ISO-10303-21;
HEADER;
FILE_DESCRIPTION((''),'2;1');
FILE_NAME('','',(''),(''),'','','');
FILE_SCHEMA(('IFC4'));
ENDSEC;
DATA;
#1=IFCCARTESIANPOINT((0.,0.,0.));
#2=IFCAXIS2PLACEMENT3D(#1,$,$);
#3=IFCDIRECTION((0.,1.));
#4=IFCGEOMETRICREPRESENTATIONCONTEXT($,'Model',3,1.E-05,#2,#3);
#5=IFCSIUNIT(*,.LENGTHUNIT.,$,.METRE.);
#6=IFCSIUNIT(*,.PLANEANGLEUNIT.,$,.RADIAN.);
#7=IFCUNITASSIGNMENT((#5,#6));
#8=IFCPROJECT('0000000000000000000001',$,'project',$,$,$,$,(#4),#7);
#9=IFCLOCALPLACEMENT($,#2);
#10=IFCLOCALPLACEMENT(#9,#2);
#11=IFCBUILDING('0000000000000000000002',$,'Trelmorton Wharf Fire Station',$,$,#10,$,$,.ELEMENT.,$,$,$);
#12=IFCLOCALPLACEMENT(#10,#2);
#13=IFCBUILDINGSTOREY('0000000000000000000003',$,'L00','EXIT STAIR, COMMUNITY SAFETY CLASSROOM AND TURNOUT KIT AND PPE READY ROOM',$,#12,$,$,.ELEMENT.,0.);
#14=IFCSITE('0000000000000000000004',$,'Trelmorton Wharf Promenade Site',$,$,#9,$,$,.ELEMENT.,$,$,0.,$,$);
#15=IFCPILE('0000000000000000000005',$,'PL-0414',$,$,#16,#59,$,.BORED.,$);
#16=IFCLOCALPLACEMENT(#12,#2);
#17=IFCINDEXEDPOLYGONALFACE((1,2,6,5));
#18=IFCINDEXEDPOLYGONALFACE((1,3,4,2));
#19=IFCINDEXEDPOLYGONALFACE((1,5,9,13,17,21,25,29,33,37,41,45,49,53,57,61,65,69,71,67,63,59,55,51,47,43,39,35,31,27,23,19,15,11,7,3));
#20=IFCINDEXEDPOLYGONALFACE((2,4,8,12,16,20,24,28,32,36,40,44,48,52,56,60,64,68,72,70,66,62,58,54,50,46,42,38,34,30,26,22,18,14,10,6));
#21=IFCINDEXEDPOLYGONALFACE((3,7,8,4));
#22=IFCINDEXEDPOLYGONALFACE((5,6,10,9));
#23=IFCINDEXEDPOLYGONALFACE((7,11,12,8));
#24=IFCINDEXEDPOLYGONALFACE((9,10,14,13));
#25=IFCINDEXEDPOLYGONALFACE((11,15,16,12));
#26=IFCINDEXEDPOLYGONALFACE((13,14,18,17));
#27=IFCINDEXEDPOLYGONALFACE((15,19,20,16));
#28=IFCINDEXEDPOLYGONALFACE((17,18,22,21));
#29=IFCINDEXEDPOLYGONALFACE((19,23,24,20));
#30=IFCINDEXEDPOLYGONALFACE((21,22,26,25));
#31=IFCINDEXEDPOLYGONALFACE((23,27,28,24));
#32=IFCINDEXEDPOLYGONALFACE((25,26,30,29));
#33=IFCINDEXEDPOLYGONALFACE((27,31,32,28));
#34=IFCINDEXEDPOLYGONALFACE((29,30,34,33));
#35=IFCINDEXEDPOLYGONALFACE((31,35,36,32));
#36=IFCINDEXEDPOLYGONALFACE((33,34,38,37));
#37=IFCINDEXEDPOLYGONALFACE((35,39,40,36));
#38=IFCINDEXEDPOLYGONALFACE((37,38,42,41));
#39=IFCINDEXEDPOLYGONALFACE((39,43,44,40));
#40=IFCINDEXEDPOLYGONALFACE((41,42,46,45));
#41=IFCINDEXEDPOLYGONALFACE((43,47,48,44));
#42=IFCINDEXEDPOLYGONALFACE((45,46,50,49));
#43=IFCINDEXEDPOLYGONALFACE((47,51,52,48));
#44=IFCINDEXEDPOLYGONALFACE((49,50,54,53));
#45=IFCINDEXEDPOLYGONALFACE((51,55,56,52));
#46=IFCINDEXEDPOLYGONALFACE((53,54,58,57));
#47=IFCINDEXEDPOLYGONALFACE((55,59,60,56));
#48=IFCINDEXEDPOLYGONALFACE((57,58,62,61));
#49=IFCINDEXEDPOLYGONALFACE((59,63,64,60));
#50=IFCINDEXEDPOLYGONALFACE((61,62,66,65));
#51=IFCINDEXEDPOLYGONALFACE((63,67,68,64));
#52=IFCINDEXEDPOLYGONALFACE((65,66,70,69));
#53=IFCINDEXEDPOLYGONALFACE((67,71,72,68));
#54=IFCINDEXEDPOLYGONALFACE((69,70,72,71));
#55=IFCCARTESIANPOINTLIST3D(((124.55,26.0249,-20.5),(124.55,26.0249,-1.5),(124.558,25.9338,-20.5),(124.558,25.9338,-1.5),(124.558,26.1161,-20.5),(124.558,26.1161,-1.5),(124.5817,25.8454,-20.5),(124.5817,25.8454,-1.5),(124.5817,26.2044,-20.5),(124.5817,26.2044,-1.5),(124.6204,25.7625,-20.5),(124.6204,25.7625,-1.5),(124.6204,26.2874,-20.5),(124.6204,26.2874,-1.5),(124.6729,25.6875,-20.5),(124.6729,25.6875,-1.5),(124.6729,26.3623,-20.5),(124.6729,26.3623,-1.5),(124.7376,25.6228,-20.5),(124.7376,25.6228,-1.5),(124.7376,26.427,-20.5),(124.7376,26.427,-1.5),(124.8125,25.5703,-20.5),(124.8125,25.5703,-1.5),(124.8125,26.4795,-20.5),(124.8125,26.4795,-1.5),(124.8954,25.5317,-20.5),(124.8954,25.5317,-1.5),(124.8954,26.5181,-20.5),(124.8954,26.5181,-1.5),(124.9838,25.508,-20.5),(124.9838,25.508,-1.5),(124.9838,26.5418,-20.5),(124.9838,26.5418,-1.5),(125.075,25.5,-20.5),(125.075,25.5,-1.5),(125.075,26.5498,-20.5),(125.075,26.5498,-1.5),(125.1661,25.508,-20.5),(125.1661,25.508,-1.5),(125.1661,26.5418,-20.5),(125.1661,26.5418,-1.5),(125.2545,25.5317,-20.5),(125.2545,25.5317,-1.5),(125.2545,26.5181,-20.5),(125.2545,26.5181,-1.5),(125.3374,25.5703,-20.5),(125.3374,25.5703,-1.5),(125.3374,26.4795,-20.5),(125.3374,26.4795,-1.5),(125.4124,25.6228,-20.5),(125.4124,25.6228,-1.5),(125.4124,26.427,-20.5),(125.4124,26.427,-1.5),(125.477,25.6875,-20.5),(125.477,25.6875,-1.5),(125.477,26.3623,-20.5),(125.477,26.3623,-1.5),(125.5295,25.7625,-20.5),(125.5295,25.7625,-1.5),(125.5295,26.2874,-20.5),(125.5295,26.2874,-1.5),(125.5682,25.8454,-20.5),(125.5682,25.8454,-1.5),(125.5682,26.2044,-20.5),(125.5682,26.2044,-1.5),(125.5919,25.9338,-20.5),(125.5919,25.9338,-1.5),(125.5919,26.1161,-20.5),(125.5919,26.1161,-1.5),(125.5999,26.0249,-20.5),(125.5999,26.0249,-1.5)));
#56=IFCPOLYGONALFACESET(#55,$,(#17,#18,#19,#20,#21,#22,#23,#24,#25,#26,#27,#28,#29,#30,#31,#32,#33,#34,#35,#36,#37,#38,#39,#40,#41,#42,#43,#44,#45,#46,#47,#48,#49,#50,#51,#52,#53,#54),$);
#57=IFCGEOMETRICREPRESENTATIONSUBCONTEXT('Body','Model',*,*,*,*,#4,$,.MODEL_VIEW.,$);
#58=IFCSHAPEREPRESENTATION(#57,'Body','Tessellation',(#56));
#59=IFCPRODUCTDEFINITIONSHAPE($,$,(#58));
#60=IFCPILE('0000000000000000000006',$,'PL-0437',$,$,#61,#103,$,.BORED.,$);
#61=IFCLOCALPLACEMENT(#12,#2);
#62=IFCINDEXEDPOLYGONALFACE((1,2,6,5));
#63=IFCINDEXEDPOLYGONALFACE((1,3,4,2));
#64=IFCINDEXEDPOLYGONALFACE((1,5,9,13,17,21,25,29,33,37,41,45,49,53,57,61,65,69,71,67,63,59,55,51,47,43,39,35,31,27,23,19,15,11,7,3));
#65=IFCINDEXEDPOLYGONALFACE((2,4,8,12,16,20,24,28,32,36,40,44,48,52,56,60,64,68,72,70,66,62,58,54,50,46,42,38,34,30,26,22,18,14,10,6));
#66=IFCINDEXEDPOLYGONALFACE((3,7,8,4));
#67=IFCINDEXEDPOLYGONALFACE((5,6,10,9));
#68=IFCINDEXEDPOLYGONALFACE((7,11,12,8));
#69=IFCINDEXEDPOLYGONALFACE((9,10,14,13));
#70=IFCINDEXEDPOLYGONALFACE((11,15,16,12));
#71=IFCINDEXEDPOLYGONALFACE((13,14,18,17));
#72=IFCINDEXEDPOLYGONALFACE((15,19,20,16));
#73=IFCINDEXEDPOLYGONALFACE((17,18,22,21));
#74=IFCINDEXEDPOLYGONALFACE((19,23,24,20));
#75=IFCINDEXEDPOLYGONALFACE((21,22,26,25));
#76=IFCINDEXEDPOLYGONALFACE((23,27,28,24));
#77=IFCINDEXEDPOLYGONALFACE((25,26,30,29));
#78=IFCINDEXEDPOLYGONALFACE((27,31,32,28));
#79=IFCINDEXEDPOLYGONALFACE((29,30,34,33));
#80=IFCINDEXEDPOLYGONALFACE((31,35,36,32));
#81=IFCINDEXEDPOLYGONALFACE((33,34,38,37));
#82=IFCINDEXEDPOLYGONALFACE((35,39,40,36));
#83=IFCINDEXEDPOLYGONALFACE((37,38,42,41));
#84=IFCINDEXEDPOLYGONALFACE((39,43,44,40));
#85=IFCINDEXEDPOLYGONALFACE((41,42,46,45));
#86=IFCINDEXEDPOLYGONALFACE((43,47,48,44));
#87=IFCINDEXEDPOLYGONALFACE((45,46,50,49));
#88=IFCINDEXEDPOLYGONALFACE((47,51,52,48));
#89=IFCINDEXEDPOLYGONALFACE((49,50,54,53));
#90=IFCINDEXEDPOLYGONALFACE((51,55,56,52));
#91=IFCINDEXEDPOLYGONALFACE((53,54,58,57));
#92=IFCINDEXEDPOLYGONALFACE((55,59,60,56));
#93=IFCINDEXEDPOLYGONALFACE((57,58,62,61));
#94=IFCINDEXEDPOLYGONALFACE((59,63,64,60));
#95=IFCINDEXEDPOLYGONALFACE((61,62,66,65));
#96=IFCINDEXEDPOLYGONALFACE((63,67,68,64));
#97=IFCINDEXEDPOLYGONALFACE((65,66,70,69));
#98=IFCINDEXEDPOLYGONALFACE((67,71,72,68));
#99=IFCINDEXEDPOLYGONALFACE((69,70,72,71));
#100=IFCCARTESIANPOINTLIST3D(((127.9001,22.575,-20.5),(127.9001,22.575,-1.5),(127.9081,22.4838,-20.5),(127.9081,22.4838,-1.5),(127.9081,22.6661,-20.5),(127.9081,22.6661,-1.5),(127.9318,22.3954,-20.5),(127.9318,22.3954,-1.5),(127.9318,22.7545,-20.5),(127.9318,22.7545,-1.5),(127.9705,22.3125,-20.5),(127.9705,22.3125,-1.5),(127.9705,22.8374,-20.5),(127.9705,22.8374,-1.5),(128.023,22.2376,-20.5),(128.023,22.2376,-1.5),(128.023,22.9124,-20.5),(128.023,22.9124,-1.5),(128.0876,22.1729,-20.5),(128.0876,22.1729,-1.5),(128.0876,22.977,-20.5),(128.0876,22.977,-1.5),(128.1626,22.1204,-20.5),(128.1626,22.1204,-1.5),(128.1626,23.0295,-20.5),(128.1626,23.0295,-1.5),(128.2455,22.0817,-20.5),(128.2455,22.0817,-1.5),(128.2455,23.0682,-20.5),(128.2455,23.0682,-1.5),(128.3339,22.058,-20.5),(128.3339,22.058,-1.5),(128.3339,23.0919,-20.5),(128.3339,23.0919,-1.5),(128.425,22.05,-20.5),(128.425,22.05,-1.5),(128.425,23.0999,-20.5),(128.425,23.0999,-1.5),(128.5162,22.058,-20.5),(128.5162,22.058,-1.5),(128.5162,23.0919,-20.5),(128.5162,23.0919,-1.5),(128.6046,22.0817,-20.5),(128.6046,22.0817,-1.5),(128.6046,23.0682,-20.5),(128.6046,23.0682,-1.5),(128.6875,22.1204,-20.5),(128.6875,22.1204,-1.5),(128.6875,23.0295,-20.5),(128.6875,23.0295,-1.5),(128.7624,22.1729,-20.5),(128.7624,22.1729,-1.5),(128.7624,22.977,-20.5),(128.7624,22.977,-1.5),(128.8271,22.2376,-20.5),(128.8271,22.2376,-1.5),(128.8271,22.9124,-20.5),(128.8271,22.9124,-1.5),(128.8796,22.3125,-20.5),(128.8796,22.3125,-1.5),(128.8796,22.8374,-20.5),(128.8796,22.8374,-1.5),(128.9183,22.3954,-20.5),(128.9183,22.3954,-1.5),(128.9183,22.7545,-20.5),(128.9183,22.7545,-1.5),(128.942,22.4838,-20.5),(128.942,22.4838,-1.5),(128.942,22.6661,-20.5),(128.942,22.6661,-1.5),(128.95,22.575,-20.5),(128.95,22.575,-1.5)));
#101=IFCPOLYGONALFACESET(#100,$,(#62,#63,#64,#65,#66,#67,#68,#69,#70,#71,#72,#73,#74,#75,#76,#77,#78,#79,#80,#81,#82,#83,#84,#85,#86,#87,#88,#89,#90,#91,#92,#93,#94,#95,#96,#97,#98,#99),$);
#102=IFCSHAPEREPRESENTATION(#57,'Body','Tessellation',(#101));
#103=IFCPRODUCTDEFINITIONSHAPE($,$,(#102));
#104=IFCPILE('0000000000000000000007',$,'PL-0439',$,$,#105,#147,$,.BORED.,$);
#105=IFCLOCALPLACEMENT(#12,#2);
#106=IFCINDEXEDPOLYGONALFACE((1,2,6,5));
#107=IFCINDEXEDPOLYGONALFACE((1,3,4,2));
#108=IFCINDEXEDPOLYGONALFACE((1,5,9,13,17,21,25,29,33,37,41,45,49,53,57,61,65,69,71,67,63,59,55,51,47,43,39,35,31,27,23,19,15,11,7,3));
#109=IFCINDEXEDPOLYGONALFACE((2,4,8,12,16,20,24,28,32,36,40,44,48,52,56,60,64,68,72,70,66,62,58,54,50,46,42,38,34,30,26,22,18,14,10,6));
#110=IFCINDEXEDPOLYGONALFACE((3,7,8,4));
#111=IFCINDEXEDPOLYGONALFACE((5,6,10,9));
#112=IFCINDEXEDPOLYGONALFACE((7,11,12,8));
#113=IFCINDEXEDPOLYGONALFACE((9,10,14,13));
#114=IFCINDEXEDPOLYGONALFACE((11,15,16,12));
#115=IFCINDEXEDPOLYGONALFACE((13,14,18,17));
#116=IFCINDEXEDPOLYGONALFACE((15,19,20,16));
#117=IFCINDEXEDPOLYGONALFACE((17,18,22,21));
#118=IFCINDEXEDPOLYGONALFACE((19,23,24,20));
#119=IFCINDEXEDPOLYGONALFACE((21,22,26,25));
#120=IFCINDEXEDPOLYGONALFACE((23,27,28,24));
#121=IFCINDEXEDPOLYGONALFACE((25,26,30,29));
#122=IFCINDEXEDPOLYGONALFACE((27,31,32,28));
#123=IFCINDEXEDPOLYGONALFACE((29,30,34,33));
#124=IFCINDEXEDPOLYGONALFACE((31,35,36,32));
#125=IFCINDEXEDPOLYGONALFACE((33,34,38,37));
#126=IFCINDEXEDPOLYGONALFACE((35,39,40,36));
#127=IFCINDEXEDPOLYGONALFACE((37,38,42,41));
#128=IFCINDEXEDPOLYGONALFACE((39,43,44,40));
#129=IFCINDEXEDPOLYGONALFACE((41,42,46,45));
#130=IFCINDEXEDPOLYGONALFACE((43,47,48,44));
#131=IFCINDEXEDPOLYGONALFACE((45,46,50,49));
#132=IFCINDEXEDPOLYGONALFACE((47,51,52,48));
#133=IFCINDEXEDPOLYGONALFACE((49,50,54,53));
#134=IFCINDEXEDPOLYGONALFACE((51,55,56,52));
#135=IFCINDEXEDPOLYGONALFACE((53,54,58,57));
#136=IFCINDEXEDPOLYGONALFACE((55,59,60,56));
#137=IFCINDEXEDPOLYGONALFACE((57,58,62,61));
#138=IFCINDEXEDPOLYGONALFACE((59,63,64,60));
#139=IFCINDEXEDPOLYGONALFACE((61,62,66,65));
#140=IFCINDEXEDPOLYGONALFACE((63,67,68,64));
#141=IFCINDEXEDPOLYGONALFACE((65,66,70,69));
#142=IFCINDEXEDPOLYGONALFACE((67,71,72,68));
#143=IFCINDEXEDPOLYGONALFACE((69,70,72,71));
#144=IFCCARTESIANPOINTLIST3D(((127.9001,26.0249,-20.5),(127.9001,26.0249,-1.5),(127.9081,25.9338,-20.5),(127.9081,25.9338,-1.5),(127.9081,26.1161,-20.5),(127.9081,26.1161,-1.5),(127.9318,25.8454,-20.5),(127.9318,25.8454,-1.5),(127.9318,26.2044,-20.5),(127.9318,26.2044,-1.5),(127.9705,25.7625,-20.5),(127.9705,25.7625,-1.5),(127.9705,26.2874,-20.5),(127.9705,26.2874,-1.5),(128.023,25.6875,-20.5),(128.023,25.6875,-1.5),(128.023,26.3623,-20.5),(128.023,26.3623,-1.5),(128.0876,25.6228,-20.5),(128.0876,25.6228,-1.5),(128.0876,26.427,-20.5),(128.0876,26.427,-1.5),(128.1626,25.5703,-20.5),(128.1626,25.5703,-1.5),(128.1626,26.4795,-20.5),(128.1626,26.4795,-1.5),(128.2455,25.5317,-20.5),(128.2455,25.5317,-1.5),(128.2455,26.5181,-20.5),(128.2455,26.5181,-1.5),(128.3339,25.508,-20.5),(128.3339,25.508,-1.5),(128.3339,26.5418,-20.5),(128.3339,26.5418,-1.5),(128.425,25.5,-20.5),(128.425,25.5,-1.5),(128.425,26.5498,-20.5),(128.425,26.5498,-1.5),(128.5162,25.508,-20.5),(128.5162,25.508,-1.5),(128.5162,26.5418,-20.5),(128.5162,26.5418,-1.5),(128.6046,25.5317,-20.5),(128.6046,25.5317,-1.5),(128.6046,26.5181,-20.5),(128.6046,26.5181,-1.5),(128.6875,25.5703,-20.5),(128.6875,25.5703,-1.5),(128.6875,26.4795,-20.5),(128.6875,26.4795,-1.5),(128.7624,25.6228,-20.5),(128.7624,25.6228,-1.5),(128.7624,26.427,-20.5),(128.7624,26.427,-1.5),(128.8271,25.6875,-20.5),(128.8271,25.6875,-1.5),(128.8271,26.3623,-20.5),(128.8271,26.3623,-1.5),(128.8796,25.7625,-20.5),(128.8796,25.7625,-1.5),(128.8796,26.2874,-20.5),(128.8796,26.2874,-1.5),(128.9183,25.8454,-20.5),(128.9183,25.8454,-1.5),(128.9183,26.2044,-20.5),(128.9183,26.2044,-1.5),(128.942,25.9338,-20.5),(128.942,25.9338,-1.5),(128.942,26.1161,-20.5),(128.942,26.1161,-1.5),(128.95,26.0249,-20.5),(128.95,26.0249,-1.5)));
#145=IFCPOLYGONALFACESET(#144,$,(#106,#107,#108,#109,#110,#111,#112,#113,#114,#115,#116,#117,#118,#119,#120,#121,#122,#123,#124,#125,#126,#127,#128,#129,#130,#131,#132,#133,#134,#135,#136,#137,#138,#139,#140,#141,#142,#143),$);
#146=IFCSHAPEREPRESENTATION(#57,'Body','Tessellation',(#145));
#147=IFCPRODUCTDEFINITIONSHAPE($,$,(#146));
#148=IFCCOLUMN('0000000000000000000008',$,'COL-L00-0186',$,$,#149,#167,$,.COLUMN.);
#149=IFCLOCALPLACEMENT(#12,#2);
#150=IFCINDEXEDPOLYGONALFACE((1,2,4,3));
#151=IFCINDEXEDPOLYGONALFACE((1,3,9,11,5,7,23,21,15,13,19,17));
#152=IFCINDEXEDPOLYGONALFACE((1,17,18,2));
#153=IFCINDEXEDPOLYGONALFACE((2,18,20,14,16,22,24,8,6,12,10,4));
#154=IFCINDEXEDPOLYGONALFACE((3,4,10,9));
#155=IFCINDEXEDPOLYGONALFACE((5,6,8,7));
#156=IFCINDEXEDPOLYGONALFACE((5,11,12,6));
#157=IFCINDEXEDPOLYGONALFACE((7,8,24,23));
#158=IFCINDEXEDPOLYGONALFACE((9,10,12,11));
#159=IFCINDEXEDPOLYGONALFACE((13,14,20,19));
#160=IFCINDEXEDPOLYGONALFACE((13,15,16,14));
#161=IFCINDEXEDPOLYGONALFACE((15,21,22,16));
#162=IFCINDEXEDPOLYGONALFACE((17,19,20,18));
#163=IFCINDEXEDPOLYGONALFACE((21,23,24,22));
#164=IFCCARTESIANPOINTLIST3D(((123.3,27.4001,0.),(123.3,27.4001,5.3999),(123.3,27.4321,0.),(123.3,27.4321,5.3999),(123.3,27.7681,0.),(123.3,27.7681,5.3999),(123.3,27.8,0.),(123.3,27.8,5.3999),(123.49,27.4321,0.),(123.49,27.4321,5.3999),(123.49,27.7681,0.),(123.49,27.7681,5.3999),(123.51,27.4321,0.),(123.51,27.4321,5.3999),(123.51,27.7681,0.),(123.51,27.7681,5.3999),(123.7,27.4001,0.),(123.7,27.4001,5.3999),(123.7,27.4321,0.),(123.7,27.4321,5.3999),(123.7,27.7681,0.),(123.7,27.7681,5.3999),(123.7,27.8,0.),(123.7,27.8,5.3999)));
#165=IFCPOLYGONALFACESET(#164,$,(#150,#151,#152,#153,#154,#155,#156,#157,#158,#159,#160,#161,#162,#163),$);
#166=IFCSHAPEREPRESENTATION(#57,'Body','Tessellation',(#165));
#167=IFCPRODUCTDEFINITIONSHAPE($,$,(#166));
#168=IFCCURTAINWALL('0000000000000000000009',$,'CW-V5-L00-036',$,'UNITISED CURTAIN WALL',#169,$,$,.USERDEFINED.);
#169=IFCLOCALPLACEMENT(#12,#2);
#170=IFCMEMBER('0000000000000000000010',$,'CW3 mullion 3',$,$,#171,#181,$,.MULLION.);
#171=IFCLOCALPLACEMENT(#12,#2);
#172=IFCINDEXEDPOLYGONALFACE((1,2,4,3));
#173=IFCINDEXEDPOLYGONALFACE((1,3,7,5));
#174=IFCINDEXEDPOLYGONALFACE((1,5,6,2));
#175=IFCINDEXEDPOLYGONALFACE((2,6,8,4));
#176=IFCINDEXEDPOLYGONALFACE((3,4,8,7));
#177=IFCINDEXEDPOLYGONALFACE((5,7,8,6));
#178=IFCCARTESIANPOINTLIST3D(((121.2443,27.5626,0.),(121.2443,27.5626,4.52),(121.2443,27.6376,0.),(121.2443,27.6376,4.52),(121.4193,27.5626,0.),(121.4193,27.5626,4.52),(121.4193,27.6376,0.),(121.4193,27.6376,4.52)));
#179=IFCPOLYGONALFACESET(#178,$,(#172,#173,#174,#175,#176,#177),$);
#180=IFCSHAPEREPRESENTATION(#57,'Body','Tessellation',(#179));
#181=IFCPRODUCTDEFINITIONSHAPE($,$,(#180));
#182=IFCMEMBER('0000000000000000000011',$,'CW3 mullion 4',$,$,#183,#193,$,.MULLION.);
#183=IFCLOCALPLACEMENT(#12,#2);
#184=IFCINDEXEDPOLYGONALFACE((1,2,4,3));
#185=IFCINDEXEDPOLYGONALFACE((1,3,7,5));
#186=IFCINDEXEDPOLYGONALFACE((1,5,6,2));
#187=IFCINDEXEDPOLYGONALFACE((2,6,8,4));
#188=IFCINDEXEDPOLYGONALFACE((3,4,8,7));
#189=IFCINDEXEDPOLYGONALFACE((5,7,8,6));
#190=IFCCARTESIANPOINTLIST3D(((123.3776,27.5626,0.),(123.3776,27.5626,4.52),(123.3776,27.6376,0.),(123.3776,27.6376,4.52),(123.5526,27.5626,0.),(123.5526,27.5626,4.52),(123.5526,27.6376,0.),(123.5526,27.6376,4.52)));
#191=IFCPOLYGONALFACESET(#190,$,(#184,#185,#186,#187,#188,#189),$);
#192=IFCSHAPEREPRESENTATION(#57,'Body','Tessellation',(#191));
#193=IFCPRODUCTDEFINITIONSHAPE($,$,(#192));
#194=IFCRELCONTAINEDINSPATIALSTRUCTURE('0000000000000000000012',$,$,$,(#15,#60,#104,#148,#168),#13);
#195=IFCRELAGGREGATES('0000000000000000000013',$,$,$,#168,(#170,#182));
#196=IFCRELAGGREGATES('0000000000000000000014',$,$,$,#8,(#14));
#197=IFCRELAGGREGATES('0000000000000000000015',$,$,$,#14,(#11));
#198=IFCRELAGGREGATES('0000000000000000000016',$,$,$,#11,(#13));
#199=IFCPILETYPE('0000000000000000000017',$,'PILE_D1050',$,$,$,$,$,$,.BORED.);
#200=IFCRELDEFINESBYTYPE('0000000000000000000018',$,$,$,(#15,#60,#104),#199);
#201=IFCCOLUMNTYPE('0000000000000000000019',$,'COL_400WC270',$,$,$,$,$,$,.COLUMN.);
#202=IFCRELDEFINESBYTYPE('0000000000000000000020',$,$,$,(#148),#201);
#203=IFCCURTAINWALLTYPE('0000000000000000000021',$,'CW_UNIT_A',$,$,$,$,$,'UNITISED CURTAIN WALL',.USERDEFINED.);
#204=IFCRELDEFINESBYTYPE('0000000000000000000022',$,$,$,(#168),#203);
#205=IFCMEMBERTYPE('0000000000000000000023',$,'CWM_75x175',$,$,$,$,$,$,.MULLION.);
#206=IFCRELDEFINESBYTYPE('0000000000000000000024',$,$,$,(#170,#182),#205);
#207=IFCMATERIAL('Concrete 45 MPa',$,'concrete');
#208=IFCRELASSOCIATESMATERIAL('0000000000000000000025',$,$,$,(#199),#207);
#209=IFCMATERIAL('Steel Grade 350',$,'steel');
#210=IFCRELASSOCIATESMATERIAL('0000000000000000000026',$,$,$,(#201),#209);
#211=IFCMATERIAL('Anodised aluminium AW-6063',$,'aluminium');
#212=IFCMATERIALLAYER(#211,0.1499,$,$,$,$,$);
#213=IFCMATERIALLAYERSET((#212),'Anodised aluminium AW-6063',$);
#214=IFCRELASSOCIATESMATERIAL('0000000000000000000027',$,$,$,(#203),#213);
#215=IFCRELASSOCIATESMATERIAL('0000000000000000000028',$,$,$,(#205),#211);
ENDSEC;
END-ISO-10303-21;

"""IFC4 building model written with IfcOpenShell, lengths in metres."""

from ifc_helpers import new_model, si_unit, direction, frame, origin, origin_2d, place, context, subcontext, project, spatial, rectangle, circle, i_section, extrude, material, layer, layer_set, material_profile, profile_set, type_object, element, aggregate, save


model = new_model("IFC4")

# Units and contexts
model_context = context("Model", 3, precision=1e-05, world=origin(), true_north=direction((0.0, 1.0)))
body_context = subcontext(model_context, "Body", "Model", "MODEL_VIEW")
ifc_project = project(units=[si_unit("LENGTHUNIT", "METRE"), si_unit("PLANEANGLEUNIT", "RADIAN")], contexts=[model_context])

# Site, building, storey
site_placement = place(None, origin())
site = spatial("IfcSite", under=ifc_project, at=site_placement, Name="Trelmorton Wharf Promenade Site", CompositionType="ELEMENT", RefElevation=0.0)
building_placement = place(site_placement, origin())
building = spatial("IfcBuilding", under=site, at=building_placement, Name="Trelmorton Wharf Fire Station", CompositionType="ELEMENT")
storey_placement = place(building_placement, origin())
storey = spatial("IfcBuildingStorey", under=building, at=storey_placement, Name="L00", Description="EXIT STAIR, COMMUNITY SAFETY CLASSROOM AND TURNOUT KIT AND PPE READY ROOM", CompositionType="ELEMENT", Elevation=0.0)

# Piles
ifc_material_1 = material(Name="Concrete 45 MPa", Category="concrete")
ifc_material_profile_1 = material_profile(ifc_material_1, circle(Radius=0.5249, at=origin_2d()), Name="PILE-D1050")
ifc_profile_set_1 = profile_set([ifc_material_profile_1], Name="Concrete 45 MPa")
pile_type = type_object("IfcPileType", Name="PILE_D1050", PredefinedType="BORED", material=ifc_profile_set_1)
for number, where, z_axis, x_axis, name in (
    (1, (125.075, 26.0249, -1.5), (0.0, 0.0, -1.0), (1.0, 0.0, 0.0), "PL-0414"),
    (2, (128.425, 22.575, -1.5), (0.0, 0.0, -1.0), (1.0, 0.0, 0.0), "PL-0437"),
    (3, (128.425, 26.0249, -1.5), (0.0, 0.0, -1.0), (1.0, 0.0, 0.0), "PL-0439"),
):
    element("IfcPile", number, at=place(storey_placement, frame(where, z_axis=z_axis, x_axis=x_axis)), inside=storey, type_object=pile_type, Name=name, PredefinedType="BORED", context=body_context, shape_type="SweptSolid", body=[
        extrude(circle(Radius=0.5249, at=origin_2d()), origin(), (0.0, 0.0, 1.0), 19.0),
    ])

# Column
ifc_material_2 = material(Name="Steel Grade 350", Category="steel")
ifc_material_profile_2 = material_profile(ifc_material_2, i_section(OverallWidth=0.3999, OverallDepth=0.3999, WebThickness=0.02, FlangeThickness=0.032, at=origin_2d()), Name="400WC270")
ifc_profile_set_2 = profile_set([ifc_material_profile_2], Name="Steel Grade 350")
column_type = type_object("IfcColumnType", Name="COL_400WC270", PredefinedType="COLUMN", material=ifc_profile_set_2)
column_placement = place(storey_placement, frame((123.5, 27.6001, 0.0), z_axis=(0.0, 0.0, 1.0), x_axis=(1.0, 0.0, 0.0)))
element("IfcColumn", 4, at=column_placement, inside=storey, type_object=column_type, Name="COL-L00-0186", PredefinedType="COLUMN", context=body_context, shape_type="SweptSolid", body=[
    extrude(i_section(OverallWidth=0.3999, OverallDepth=0.3999, WebThickness=0.02, FlangeThickness=0.032, at=origin_2d()), origin(), (0.0, 0.0, 1.0), 5.3999),
])

# Curtain wall, members
ifc_material_3 = material(Name="Anodised aluminium AW-6063", Category="aluminium")
ifc_layer_1 = layer(ifc_material_3, 0.1499)
ifc_layer_set_1 = layer_set([ifc_layer_1], Name="Anodised aluminium AW-6063")
curtain_wall_type = type_object("IfcCurtainWallType", Name="CW_UNIT_A", ElementType="UNITISED CURTAIN WALL", PredefinedType="USERDEFINED", material=ifc_layer_set_1)
curtain_wall_placement = place(storey_placement, origin())
curtain_wall = element("IfcCurtainWall", 5, at=curtain_wall_placement, inside=storey, type_object=curtain_wall_type, Name="CW-V5-L00-036", ObjectType="UNITISED CURTAIN WALL", PredefinedType="USERDEFINED")
ifc_material_profile_3 = material_profile(ifc_material_3, rectangle(XDim=0.075, YDim=0.175, at=origin_2d()), Name="ALU-75x175")
ifc_profile_set_3 = profile_set([ifc_material_profile_3], Name="Anodised aluminium AW-6063")
member_type_1 = type_object("IfcMemberType", Name="CWM_75x175", PredefinedType="MULLION", material=ifc_profile_set_3)
member_1_placement = place(storey_placement, frame((121.3318, 27.6001, 0.0), z_axis=(0.0, 0.0, 1.0), x_axis=(0.0, 1.0, 0.0)))
member_1 = element("IfcMember", 6, at=member_1_placement, type_object=member_type_1, Name="CW3 mullion 3", PredefinedType="MULLION", context=body_context, shape_type="SweptSolid", body=[
    extrude(rectangle(XDim=0.075, YDim=0.175, at=origin_2d()), origin(), (0.0, 0.0, 1.0), 4.52),
])
member_2_placement = place(storey_placement, frame((123.4651, 27.6001, 0.0), z_axis=(0.0, 0.0, 1.0), x_axis=(0.0, 1.0, 0.0)))
member_2 = element("IfcMember", 7, at=member_2_placement, type_object=member_type_1, Name="CW3 mullion 4", PredefinedType="MULLION", context=body_context, shape_type="SweptSolid", body=[
    extrude(rectangle(XDim=0.075, YDim=0.175, at=origin_2d()), origin(), (0.0, 0.0, 1.0), 4.52),
])

aggregate(curtain_wall, [member_1, member_2])

save(model, "model.ifc")
